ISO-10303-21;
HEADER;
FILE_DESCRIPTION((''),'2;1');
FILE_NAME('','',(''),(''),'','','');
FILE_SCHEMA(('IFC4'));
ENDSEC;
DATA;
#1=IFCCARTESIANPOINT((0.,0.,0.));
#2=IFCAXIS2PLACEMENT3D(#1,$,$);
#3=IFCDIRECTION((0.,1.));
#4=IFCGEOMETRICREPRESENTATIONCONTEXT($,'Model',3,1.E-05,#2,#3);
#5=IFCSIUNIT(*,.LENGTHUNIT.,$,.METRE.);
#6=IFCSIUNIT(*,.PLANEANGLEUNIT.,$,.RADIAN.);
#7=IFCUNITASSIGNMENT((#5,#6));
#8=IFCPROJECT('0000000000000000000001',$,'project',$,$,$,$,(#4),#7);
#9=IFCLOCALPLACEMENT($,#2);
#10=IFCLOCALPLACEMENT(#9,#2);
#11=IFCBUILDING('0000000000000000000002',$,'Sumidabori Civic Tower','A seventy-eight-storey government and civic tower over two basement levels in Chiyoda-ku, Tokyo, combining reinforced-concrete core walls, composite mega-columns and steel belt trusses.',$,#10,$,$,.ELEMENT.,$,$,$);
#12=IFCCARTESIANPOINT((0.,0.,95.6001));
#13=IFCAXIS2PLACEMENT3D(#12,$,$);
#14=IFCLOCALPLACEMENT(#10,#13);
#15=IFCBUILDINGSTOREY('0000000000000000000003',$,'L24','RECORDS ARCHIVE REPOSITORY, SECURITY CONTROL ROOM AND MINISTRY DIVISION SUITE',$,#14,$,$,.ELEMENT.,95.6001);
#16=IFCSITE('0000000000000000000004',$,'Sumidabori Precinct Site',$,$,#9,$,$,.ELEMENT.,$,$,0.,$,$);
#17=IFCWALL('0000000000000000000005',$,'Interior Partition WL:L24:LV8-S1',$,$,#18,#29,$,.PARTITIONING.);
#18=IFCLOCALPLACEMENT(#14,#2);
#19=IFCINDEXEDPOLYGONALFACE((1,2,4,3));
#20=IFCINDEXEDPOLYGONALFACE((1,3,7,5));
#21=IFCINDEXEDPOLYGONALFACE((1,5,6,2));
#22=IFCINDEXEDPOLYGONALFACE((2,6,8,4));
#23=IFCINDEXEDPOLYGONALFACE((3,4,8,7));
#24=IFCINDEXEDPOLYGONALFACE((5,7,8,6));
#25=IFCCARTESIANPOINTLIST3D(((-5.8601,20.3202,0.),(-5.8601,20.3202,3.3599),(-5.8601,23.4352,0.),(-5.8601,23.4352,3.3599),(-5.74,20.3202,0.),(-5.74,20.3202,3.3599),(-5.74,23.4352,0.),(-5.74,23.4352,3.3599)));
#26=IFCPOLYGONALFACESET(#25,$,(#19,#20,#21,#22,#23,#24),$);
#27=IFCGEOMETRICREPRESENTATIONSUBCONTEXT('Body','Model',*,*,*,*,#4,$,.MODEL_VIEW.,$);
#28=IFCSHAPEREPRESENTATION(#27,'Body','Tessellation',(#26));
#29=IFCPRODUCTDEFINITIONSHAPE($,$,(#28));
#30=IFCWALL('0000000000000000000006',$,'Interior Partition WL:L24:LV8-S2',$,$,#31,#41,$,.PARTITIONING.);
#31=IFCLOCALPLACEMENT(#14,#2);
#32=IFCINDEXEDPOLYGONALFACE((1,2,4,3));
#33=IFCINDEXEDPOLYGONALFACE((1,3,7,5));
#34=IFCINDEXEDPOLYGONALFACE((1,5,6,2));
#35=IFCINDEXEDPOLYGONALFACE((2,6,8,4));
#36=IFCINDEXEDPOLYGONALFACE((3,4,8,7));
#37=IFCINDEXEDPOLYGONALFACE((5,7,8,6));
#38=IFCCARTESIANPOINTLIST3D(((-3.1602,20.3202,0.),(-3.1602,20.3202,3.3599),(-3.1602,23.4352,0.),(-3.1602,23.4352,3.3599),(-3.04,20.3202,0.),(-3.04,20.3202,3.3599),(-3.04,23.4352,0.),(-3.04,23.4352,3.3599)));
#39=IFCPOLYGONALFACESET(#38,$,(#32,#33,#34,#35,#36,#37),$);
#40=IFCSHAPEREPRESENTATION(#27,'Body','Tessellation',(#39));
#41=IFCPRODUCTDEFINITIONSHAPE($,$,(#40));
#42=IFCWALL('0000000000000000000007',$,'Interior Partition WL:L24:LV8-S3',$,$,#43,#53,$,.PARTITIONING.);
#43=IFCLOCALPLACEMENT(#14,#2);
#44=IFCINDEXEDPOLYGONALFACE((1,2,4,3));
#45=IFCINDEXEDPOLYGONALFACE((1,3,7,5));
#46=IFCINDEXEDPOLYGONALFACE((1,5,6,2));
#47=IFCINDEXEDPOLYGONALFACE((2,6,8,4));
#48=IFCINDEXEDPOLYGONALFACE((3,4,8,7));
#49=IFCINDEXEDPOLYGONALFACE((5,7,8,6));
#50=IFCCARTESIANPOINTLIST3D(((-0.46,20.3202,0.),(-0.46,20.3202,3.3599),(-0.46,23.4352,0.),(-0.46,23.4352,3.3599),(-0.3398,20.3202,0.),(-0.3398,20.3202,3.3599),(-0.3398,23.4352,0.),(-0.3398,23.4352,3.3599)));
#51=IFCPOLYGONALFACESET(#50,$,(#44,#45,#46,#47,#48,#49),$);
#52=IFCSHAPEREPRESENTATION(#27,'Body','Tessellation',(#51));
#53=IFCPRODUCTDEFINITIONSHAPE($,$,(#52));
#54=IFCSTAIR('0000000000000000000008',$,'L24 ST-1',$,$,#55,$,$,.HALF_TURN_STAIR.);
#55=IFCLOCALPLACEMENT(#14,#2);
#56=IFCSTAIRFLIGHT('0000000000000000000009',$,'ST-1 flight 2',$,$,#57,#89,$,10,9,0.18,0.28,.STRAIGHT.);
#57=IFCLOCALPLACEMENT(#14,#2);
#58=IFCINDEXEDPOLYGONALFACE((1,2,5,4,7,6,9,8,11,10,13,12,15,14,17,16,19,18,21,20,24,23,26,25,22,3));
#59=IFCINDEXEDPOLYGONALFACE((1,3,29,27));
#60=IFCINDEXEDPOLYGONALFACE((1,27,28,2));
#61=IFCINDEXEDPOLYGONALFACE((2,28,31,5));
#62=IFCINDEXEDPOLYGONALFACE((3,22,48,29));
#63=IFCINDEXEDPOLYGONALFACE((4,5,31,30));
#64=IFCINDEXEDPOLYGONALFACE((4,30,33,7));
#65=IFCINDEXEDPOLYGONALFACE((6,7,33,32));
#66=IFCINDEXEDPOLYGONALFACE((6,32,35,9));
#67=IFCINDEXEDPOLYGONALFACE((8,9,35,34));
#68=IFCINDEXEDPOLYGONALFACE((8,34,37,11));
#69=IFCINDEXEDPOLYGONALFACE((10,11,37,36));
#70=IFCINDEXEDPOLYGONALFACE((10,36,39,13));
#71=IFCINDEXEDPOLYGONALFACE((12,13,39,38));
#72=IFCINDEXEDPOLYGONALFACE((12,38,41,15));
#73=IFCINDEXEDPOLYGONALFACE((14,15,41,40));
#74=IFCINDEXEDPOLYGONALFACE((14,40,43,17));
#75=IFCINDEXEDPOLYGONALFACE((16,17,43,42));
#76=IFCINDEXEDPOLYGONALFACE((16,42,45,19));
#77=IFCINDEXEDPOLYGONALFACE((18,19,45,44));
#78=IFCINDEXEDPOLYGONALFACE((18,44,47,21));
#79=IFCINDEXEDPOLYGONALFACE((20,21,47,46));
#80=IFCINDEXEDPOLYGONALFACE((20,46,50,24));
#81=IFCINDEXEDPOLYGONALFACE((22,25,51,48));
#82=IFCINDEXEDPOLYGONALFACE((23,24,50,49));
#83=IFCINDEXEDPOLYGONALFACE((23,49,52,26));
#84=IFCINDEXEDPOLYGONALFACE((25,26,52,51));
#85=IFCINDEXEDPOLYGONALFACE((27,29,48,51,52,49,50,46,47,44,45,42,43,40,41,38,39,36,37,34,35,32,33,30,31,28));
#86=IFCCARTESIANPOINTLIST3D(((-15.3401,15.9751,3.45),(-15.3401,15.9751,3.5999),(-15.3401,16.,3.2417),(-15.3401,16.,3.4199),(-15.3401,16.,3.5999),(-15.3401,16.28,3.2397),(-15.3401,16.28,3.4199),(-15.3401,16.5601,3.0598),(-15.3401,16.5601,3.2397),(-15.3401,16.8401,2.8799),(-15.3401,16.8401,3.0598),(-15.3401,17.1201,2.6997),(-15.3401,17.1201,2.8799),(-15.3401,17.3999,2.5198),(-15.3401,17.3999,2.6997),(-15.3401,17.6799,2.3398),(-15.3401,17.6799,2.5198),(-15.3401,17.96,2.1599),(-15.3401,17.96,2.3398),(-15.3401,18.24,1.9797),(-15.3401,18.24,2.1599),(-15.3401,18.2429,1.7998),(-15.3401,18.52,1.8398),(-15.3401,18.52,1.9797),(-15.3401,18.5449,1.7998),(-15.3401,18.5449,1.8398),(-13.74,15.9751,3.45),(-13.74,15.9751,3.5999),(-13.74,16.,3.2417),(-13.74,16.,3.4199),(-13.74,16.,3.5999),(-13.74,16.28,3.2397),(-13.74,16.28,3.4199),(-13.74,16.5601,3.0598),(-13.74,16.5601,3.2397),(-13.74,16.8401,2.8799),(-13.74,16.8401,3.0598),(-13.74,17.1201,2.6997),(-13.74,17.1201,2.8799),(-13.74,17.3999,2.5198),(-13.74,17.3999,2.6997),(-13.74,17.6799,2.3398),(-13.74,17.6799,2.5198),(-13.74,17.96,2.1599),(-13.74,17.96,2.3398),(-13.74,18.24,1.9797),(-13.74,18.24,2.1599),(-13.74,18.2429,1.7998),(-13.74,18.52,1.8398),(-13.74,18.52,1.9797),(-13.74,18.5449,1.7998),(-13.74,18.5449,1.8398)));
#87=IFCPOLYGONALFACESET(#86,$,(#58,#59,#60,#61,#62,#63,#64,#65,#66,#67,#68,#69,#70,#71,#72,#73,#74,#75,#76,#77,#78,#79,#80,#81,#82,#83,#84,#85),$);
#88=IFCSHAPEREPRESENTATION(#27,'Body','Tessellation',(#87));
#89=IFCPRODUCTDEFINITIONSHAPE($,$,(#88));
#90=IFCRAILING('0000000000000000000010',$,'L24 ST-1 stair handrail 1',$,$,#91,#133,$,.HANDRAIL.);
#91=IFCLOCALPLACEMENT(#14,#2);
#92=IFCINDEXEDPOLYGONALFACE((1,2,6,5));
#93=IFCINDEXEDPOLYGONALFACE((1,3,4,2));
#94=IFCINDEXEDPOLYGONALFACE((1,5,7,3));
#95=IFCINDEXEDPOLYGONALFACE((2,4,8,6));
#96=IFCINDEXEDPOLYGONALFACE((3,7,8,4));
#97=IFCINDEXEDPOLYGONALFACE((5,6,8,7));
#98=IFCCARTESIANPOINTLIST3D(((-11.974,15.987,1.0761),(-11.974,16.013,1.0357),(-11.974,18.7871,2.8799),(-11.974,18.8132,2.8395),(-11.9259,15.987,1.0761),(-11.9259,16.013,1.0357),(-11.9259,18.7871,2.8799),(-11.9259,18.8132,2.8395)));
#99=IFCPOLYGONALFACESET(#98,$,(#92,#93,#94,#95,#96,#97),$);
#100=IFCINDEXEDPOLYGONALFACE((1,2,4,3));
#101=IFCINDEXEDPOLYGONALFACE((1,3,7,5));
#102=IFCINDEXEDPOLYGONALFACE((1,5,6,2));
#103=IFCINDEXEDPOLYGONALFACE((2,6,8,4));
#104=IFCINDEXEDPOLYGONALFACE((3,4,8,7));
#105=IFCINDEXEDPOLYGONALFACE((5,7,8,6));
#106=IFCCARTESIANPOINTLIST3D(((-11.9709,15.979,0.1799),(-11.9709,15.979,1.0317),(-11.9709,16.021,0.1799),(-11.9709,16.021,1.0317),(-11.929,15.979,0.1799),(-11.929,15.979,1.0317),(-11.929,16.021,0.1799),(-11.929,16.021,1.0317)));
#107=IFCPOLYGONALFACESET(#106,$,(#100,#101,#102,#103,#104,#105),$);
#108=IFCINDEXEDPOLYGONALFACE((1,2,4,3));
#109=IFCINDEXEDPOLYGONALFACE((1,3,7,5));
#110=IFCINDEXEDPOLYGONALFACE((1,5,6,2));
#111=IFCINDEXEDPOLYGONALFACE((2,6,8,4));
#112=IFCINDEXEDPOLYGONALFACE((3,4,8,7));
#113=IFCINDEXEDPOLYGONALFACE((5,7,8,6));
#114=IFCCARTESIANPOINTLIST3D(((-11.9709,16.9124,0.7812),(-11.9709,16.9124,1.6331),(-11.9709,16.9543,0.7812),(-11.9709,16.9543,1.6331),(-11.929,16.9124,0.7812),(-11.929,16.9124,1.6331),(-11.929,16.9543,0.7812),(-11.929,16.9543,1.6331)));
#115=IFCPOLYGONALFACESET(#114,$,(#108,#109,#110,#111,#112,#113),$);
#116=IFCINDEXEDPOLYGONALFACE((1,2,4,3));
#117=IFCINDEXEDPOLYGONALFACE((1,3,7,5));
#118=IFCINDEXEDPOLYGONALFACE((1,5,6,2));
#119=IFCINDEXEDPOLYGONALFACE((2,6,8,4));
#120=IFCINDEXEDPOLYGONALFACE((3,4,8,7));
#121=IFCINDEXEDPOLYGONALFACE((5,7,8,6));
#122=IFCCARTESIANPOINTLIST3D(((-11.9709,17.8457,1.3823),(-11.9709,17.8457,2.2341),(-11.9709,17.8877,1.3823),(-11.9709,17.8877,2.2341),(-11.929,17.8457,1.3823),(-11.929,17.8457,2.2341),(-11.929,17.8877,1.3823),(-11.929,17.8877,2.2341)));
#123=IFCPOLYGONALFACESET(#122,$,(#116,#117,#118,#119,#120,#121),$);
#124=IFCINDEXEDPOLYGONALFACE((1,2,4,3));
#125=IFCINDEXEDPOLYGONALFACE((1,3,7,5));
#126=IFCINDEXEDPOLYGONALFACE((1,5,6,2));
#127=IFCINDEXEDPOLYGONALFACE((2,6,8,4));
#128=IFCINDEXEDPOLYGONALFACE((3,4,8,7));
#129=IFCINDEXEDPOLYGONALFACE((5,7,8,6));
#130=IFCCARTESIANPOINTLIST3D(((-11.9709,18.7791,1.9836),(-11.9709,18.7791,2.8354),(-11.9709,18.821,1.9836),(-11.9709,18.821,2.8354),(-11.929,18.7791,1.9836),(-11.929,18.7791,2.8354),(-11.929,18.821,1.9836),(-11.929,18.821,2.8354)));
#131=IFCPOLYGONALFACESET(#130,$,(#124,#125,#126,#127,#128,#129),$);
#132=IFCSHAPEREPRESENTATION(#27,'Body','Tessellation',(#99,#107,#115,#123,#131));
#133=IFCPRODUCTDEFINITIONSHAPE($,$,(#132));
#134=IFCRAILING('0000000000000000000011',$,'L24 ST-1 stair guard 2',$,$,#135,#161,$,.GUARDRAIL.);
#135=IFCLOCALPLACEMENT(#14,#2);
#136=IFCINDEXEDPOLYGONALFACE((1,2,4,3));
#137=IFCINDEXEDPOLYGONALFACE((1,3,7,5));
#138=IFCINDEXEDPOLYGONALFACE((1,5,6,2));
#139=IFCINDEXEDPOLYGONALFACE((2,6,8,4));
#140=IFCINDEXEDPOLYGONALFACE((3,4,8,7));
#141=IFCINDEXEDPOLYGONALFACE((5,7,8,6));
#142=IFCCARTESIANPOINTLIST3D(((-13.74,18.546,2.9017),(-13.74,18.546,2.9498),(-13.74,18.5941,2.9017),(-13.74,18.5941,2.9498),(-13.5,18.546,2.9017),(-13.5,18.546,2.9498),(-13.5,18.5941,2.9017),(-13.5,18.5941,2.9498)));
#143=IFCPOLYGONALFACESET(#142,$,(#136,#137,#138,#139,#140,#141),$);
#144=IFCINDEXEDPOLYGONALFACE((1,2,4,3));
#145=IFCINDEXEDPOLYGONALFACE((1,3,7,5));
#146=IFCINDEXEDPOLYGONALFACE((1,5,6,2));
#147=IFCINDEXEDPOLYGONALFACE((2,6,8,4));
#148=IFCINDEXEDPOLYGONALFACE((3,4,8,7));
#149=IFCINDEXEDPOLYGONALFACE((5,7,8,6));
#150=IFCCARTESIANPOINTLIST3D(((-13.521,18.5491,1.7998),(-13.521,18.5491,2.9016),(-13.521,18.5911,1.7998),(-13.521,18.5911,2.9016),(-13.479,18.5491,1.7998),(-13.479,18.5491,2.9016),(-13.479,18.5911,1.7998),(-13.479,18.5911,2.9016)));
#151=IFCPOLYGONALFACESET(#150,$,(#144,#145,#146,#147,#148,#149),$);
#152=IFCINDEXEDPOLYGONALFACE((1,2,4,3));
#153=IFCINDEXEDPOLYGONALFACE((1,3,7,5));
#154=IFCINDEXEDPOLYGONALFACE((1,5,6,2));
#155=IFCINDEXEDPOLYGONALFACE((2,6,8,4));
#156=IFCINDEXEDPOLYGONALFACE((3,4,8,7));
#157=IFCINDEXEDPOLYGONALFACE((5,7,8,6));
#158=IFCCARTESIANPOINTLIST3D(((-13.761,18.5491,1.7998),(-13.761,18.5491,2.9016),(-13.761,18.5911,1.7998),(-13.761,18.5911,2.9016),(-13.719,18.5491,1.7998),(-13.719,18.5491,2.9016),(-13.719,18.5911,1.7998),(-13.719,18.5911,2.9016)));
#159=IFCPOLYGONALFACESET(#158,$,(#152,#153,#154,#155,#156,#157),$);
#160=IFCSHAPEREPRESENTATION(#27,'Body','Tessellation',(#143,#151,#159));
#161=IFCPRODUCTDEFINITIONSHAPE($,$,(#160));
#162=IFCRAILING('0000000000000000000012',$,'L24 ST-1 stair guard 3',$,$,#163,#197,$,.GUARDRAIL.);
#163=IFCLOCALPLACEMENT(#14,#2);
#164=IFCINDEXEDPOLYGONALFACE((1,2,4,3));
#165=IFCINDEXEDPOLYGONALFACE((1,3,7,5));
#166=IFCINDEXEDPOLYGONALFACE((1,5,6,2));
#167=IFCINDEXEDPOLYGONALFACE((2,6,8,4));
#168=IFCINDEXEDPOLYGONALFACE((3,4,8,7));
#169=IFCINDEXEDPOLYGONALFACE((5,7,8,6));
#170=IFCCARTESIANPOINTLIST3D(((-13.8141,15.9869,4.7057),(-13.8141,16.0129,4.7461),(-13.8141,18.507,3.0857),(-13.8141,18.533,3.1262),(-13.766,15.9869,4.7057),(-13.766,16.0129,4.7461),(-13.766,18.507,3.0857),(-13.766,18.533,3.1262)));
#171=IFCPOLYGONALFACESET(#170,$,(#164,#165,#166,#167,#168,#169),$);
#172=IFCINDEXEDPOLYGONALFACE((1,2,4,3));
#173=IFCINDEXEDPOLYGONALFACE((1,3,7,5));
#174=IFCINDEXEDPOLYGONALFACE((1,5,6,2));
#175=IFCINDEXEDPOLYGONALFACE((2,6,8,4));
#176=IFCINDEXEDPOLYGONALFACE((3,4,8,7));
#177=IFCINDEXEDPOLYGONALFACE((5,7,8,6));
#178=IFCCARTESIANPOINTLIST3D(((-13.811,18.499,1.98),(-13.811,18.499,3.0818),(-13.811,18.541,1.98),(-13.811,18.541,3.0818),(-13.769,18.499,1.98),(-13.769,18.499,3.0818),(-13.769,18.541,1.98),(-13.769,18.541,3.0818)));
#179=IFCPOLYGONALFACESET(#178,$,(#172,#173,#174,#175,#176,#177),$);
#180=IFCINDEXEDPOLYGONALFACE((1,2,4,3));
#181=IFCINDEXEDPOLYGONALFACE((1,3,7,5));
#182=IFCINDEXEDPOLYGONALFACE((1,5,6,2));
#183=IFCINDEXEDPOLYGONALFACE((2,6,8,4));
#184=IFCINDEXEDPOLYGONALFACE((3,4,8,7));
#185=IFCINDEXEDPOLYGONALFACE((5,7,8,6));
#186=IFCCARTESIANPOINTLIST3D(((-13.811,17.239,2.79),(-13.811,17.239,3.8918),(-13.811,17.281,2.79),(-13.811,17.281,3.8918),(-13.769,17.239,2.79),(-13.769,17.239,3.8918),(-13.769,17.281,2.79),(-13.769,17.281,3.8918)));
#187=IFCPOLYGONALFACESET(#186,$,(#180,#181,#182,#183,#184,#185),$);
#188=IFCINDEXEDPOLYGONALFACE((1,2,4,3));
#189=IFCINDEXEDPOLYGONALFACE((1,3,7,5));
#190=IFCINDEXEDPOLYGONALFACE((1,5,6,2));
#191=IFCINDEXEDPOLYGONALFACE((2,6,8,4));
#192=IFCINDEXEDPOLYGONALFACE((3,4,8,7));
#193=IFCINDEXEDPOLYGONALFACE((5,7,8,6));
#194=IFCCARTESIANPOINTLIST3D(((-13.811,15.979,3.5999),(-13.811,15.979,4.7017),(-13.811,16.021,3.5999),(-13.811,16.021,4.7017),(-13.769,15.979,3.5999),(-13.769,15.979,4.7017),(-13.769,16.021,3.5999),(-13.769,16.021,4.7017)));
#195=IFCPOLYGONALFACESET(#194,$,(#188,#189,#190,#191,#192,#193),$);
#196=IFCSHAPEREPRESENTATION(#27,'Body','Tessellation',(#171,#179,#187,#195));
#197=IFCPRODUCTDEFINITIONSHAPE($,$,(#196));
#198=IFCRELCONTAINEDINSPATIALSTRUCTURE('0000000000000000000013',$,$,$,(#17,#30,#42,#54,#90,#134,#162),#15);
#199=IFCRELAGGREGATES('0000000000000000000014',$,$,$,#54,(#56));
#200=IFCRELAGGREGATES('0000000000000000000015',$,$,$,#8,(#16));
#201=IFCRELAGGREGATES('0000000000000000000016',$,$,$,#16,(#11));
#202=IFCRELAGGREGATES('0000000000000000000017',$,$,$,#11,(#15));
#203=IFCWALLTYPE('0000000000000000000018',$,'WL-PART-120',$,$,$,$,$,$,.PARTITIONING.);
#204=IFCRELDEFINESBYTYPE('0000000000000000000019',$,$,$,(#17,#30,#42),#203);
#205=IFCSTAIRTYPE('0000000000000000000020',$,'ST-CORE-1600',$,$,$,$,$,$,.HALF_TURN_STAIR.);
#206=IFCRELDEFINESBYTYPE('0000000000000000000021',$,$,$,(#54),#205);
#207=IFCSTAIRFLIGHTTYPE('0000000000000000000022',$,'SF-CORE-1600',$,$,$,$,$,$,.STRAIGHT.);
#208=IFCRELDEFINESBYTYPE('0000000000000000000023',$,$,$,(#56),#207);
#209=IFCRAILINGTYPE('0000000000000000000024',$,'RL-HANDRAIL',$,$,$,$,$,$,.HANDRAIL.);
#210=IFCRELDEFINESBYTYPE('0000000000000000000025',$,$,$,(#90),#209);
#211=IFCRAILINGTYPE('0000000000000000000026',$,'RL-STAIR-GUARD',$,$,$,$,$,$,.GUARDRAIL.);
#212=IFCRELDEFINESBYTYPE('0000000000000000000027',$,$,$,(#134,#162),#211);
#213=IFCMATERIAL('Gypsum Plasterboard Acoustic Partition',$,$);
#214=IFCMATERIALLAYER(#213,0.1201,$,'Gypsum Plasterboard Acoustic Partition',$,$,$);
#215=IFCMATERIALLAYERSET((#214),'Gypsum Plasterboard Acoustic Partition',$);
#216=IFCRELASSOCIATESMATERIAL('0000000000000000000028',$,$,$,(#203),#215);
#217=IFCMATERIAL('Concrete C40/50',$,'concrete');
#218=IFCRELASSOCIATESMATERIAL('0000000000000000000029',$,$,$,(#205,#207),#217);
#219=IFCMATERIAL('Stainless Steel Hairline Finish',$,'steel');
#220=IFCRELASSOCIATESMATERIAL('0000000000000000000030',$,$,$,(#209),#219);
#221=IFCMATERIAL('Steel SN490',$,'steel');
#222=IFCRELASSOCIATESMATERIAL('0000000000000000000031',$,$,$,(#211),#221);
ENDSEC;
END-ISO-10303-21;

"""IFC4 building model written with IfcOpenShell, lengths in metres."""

from ifc_helpers import new_model, si_unit, direction, frame, frame_2d, origin, origin_2d, place, context, subcontext, project, spatial, polyline, rectangle, outline, extrude, source, transform, mapped, material, layer, layer_set, type_object, element, aggregate, save


model = new_model("IFC4")

# Units and contexts
model_context = context("Model", 3, precision=1e-05, world=origin(), true_north=direction((0.0, 1.0)))
body_context = subcontext(model_context, "Body", "Model", "MODEL_VIEW")
ifc_project = project(units=[si_unit("LENGTHUNIT", "METRE"), si_unit("PLANEANGLEUNIT", "RADIAN")], contexts=[model_context])

# Site, building, storey
site_placement = place(None, origin())
site = spatial("IfcSite", under=ifc_project, at=site_placement, Name="Sumidabori Precinct Site", CompositionType="ELEMENT", RefElevation=0.0)
building_placement = place(site_placement, origin())
building = spatial("IfcBuilding", under=site, at=building_placement, Name="Sumidabori Civic Tower", Description="A seventy-eight-storey government and civic tower over two basement levels in Chiyoda-ku, Tokyo, combining reinforced-concrete core walls, composite mega-columns and steel belt trusses.", CompositionType="ELEMENT")
storey_placement = place(building_placement, frame((0.0, 0.0, 95.6001)))
storey = spatial("IfcBuildingStorey", under=building, at=storey_placement, Name="L24", Description="RECORDS ARCHIVE REPOSITORY, SECURITY CONTROL ROOM AND MINISTRY DIVISION SUITE", CompositionType="ELEMENT", Elevation=95.6001)

# Shared definitions
ifc_material_1 = material(Name="Gypsum Plasterboard Acoustic Partition")

# Walls
ifc_layer_1 = layer(ifc_material_1, 0.1201, Name="Gypsum Plasterboard Acoustic Partition")
ifc_layer_set_1 = layer_set([ifc_layer_1], Name="Gypsum Plasterboard Acoustic Partition")
wall_type_1 = type_object("IfcWallType", Name="WL-PART-120", PredefinedType="PARTITIONING", material=ifc_layer_set_1)
shared_shape_1 = source(origin(), body_context, "Body", "SweptSolid", [
    extrude(rectangle(XDim=3.115, YDim=0.1201, at=frame_2d((1.5576, 0.0))), origin(), (0.0, 0.0, 1.0), 3.3599),
])
for number, where, z_axis, x_axis, name in (
    (1, (-5.8, 20.3201, 0.0), (0.0, 0.0, 1.0), (0.0, 1.0, 0.0), "Interior Partition WL:L24:LV8-S1"),
    (2, (-3.1001, 20.3201, 0.0), (0.0, 0.0, 1.0), (0.0, 1.0, 0.0), "Interior Partition WL:L24:LV8-S2"),
    (3, (-0.3999, 20.3201, 0.0), (0.0, 0.0, 1.0), (0.0, 1.0, 0.0), "Interior Partition WL:L24:LV8-S3"),
):
    element("IfcWall", number, at=place(storey_placement, frame(where, z_axis=z_axis, x_axis=x_axis)), inside=storey, type_object=wall_type_1, Name=name, PredefinedType="PARTITIONING", context=body_context, shape_type="MappedRepresentation", body=[
        mapped(shared_shape_1, transform((0.0, 0.0, 0.0), x_axis=(1.0, 0.0, 0.0), y_axis=(0.0, 1.0, 0.0), z_axis=(0.0, 0.0, 1.0), scale=1.0)),
    ])

# Stair, stair flight
ifc_material_2 = material(Name="Concrete C40/50", Category="concrete")
stair_type = type_object("IfcStairType", Name="ST-CORE-1600", PredefinedType="HALF_TURN_STAIR", material=ifc_material_2)
stair_placement = place(storey_placement, origin())
stair = element("IfcStair", 4, at=stair_placement, inside=storey, type_object=stair_type, Name="L24 ST-1", PredefinedType="HALF_TURN_STAIR")
stair_flight_type = type_object("IfcStairFlightType", Name="SF-CORE-1600", PredefinedType="STRAIGHT", material=ifc_material_2)
shared_shape_2 = source(origin(), body_context, "Body", "SweptSolid", [
    extrude(outline(polyline([(-0.0249, 0.0), (-0.0249, 0.04), (0.0, 0.04), (0.0, 0.1799), (0.28, 0.1799), (0.28, 0.3601), (0.5601, 0.3601), (0.5601, 0.54), (0.8401, 0.54), (0.8401, 0.72), (1.1201, 0.72), (1.1201, 0.8999), (1.3999, 0.8999), (1.3999, 1.0801), (1.6799, 1.0801), (1.6799, 1.26), (1.96, 1.26), (1.96, 1.4399), (2.24, 1.4399), (2.24, 1.6201), (2.52, 1.6201), (2.52, 1.8), (2.5449, 1.8), (2.5449, 1.6501), (2.52, 1.4419), (0.2771, 0.0), (-0.0249, 0.0)])), frame((0.0, 0.8, 0.0), z_axis=(0.0, -1.0, 0.0), x_axis=(1.0, 0.0, 0.0)), (0.0, 0.0, 1.0), 1.6001),
])
stair_flight_placement = place(storey_placement, frame((-14.54, 18.52, 1.7998), z_axis=(0.0, 0.0, 1.0), x_axis=(0.0, -1.0, 0.0)))
stair_flight = element("IfcStairFlight", 5, at=stair_flight_placement, type_object=stair_flight_type, Name="ST-1 flight 2", NumberOfRisers=10, NumberOfTreads=9, PredefinedType="STRAIGHT", RiserHeight=0.18, TreadLength=0.28, context=body_context, shape_type="MappedRepresentation", body=[
    mapped(shared_shape_2, transform((0.0, 0.0, 0.0), x_axis=(1.0, 0.0, 0.0), y_axis=(0.0, 1.0, 0.0), z_axis=(0.0, 0.0, 1.0), scale=1.0)),
])
aggregate(stair, [stair_flight])

# Railings
ifc_material_3 = material(Name="Stainless Steel Hairline Finish", Category="steel")
railing_type_1 = type_object("IfcRailingType", Name="RL-HANDRAIL", PredefinedType="HANDRAIL", material=ifc_material_3)
railing_1_placement = place(storey_placement, frame((-11.95, 16.0, 0.1799)))
element("IfcRailing", 6, at=railing_1_placement, inside=storey, type_object=railing_type_1, Name="L24 ST-1 stair handrail 1", PredefinedType="HANDRAIL", context=body_context, shape_type="SweptSolid", body=[
    extrude(rectangle(XDim=0.0481, YDim=0.0481, at=origin_2d()), frame((0.0, 0.0, 0.876), z_axis=(0.0, 0.840676, 0.541539), x_axis=(-1.0, 0.0, 0.0)), (0.0, 0.0, 1.0), 3.3308),
    extrude(rectangle(XDim=0.042, YDim=0.042, at=origin_2d()), origin(), (0.0, 0.0, 1.0), 0.8518),
    extrude(rectangle(XDim=0.042, YDim=0.042, at=origin_2d()), frame((0.0, 0.9333, 0.6013)), (0.0, 0.0, 1.0), 0.8518),
    extrude(rectangle(XDim=0.042, YDim=0.042, at=origin_2d()), frame((0.0, 1.8667, 1.2024)), (0.0, 0.0, 1.0), 0.8518),
    extrude(rectangle(XDim=0.042, YDim=0.042, at=origin_2d()), frame((0.0, 2.8, 1.8037)), (0.0, 0.0, 1.0), 0.8518),
])
ifc_material_4 = material(Name="Steel SN490", Category="steel")
railing_type_2 = type_object("IfcRailingType", Name="RL-STAIR-GUARD", PredefinedType="GUARDRAIL", material=ifc_material_4)
railing_2_placement = place(storey_placement, frame((-13.5, 18.5701, 1.7998)))
element("IfcRailing", 7, at=railing_2_placement, inside=storey, type_object=railing_type_2, Name="L24 ST-1 stair guard 2", PredefinedType="GUARDRAIL", context=body_context, shape_type="SweptSolid", body=[
    extrude(rectangle(XDim=0.0481, YDim=0.0481, at=origin_2d()), frame((0.0, 0.0, 1.126), z_axis=(-1.0, 0.0, 0.0), x_axis=(0.0, -1.0, 0.0)), (0.0, 0.0, 1.0), 0.24),
    extrude(rectangle(XDim=0.042, YDim=0.042, at=origin_2d()), origin(), (0.0, 0.0, 1.0), 1.1018),
    extrude(rectangle(XDim=0.042, YDim=0.042, at=origin_2d()), frame((-0.24, 0.0, 0.0)), (0.0, 0.0, 1.0), 1.1018),
])
railing_3_placement = place(storey_placement, frame((-13.79, 18.52, 1.98)))
element("IfcRailing", 8, at=railing_3_placement, inside=storey, type_object=railing_type_2, Name="L24 ST-1 stair guard 3", PredefinedType="GUARDRAIL", context=body_context, shape_type="SweptSolid", body=[
    extrude(rectangle(XDim=0.0481, YDim=0.0481, at=origin_2d()), frame((0.0, 0.0, 1.126), z_axis=(0.0, -0.8412, 0.540725), x_axis=(1.0, 0.0, 0.0)), (0.0, 0.0, 1.0), 2.9958),
    extrude(rectangle(XDim=0.042, YDim=0.042, at=origin_2d()), origin(), (0.0, 0.0, 1.0), 1.1018),
    extrude(rectangle(XDim=0.042, YDim=0.042, at=origin_2d()), frame((0.0, -1.26, 0.8101)), (0.0, 0.0, 1.0), 1.1018),
    extrude(rectangle(XDim=0.042, YDim=0.042, at=origin_2d()), frame((0.0, -2.52, 1.6199)), (0.0, 0.0, 1.0), 1.1018),
])

save(model, "model.ifc")
